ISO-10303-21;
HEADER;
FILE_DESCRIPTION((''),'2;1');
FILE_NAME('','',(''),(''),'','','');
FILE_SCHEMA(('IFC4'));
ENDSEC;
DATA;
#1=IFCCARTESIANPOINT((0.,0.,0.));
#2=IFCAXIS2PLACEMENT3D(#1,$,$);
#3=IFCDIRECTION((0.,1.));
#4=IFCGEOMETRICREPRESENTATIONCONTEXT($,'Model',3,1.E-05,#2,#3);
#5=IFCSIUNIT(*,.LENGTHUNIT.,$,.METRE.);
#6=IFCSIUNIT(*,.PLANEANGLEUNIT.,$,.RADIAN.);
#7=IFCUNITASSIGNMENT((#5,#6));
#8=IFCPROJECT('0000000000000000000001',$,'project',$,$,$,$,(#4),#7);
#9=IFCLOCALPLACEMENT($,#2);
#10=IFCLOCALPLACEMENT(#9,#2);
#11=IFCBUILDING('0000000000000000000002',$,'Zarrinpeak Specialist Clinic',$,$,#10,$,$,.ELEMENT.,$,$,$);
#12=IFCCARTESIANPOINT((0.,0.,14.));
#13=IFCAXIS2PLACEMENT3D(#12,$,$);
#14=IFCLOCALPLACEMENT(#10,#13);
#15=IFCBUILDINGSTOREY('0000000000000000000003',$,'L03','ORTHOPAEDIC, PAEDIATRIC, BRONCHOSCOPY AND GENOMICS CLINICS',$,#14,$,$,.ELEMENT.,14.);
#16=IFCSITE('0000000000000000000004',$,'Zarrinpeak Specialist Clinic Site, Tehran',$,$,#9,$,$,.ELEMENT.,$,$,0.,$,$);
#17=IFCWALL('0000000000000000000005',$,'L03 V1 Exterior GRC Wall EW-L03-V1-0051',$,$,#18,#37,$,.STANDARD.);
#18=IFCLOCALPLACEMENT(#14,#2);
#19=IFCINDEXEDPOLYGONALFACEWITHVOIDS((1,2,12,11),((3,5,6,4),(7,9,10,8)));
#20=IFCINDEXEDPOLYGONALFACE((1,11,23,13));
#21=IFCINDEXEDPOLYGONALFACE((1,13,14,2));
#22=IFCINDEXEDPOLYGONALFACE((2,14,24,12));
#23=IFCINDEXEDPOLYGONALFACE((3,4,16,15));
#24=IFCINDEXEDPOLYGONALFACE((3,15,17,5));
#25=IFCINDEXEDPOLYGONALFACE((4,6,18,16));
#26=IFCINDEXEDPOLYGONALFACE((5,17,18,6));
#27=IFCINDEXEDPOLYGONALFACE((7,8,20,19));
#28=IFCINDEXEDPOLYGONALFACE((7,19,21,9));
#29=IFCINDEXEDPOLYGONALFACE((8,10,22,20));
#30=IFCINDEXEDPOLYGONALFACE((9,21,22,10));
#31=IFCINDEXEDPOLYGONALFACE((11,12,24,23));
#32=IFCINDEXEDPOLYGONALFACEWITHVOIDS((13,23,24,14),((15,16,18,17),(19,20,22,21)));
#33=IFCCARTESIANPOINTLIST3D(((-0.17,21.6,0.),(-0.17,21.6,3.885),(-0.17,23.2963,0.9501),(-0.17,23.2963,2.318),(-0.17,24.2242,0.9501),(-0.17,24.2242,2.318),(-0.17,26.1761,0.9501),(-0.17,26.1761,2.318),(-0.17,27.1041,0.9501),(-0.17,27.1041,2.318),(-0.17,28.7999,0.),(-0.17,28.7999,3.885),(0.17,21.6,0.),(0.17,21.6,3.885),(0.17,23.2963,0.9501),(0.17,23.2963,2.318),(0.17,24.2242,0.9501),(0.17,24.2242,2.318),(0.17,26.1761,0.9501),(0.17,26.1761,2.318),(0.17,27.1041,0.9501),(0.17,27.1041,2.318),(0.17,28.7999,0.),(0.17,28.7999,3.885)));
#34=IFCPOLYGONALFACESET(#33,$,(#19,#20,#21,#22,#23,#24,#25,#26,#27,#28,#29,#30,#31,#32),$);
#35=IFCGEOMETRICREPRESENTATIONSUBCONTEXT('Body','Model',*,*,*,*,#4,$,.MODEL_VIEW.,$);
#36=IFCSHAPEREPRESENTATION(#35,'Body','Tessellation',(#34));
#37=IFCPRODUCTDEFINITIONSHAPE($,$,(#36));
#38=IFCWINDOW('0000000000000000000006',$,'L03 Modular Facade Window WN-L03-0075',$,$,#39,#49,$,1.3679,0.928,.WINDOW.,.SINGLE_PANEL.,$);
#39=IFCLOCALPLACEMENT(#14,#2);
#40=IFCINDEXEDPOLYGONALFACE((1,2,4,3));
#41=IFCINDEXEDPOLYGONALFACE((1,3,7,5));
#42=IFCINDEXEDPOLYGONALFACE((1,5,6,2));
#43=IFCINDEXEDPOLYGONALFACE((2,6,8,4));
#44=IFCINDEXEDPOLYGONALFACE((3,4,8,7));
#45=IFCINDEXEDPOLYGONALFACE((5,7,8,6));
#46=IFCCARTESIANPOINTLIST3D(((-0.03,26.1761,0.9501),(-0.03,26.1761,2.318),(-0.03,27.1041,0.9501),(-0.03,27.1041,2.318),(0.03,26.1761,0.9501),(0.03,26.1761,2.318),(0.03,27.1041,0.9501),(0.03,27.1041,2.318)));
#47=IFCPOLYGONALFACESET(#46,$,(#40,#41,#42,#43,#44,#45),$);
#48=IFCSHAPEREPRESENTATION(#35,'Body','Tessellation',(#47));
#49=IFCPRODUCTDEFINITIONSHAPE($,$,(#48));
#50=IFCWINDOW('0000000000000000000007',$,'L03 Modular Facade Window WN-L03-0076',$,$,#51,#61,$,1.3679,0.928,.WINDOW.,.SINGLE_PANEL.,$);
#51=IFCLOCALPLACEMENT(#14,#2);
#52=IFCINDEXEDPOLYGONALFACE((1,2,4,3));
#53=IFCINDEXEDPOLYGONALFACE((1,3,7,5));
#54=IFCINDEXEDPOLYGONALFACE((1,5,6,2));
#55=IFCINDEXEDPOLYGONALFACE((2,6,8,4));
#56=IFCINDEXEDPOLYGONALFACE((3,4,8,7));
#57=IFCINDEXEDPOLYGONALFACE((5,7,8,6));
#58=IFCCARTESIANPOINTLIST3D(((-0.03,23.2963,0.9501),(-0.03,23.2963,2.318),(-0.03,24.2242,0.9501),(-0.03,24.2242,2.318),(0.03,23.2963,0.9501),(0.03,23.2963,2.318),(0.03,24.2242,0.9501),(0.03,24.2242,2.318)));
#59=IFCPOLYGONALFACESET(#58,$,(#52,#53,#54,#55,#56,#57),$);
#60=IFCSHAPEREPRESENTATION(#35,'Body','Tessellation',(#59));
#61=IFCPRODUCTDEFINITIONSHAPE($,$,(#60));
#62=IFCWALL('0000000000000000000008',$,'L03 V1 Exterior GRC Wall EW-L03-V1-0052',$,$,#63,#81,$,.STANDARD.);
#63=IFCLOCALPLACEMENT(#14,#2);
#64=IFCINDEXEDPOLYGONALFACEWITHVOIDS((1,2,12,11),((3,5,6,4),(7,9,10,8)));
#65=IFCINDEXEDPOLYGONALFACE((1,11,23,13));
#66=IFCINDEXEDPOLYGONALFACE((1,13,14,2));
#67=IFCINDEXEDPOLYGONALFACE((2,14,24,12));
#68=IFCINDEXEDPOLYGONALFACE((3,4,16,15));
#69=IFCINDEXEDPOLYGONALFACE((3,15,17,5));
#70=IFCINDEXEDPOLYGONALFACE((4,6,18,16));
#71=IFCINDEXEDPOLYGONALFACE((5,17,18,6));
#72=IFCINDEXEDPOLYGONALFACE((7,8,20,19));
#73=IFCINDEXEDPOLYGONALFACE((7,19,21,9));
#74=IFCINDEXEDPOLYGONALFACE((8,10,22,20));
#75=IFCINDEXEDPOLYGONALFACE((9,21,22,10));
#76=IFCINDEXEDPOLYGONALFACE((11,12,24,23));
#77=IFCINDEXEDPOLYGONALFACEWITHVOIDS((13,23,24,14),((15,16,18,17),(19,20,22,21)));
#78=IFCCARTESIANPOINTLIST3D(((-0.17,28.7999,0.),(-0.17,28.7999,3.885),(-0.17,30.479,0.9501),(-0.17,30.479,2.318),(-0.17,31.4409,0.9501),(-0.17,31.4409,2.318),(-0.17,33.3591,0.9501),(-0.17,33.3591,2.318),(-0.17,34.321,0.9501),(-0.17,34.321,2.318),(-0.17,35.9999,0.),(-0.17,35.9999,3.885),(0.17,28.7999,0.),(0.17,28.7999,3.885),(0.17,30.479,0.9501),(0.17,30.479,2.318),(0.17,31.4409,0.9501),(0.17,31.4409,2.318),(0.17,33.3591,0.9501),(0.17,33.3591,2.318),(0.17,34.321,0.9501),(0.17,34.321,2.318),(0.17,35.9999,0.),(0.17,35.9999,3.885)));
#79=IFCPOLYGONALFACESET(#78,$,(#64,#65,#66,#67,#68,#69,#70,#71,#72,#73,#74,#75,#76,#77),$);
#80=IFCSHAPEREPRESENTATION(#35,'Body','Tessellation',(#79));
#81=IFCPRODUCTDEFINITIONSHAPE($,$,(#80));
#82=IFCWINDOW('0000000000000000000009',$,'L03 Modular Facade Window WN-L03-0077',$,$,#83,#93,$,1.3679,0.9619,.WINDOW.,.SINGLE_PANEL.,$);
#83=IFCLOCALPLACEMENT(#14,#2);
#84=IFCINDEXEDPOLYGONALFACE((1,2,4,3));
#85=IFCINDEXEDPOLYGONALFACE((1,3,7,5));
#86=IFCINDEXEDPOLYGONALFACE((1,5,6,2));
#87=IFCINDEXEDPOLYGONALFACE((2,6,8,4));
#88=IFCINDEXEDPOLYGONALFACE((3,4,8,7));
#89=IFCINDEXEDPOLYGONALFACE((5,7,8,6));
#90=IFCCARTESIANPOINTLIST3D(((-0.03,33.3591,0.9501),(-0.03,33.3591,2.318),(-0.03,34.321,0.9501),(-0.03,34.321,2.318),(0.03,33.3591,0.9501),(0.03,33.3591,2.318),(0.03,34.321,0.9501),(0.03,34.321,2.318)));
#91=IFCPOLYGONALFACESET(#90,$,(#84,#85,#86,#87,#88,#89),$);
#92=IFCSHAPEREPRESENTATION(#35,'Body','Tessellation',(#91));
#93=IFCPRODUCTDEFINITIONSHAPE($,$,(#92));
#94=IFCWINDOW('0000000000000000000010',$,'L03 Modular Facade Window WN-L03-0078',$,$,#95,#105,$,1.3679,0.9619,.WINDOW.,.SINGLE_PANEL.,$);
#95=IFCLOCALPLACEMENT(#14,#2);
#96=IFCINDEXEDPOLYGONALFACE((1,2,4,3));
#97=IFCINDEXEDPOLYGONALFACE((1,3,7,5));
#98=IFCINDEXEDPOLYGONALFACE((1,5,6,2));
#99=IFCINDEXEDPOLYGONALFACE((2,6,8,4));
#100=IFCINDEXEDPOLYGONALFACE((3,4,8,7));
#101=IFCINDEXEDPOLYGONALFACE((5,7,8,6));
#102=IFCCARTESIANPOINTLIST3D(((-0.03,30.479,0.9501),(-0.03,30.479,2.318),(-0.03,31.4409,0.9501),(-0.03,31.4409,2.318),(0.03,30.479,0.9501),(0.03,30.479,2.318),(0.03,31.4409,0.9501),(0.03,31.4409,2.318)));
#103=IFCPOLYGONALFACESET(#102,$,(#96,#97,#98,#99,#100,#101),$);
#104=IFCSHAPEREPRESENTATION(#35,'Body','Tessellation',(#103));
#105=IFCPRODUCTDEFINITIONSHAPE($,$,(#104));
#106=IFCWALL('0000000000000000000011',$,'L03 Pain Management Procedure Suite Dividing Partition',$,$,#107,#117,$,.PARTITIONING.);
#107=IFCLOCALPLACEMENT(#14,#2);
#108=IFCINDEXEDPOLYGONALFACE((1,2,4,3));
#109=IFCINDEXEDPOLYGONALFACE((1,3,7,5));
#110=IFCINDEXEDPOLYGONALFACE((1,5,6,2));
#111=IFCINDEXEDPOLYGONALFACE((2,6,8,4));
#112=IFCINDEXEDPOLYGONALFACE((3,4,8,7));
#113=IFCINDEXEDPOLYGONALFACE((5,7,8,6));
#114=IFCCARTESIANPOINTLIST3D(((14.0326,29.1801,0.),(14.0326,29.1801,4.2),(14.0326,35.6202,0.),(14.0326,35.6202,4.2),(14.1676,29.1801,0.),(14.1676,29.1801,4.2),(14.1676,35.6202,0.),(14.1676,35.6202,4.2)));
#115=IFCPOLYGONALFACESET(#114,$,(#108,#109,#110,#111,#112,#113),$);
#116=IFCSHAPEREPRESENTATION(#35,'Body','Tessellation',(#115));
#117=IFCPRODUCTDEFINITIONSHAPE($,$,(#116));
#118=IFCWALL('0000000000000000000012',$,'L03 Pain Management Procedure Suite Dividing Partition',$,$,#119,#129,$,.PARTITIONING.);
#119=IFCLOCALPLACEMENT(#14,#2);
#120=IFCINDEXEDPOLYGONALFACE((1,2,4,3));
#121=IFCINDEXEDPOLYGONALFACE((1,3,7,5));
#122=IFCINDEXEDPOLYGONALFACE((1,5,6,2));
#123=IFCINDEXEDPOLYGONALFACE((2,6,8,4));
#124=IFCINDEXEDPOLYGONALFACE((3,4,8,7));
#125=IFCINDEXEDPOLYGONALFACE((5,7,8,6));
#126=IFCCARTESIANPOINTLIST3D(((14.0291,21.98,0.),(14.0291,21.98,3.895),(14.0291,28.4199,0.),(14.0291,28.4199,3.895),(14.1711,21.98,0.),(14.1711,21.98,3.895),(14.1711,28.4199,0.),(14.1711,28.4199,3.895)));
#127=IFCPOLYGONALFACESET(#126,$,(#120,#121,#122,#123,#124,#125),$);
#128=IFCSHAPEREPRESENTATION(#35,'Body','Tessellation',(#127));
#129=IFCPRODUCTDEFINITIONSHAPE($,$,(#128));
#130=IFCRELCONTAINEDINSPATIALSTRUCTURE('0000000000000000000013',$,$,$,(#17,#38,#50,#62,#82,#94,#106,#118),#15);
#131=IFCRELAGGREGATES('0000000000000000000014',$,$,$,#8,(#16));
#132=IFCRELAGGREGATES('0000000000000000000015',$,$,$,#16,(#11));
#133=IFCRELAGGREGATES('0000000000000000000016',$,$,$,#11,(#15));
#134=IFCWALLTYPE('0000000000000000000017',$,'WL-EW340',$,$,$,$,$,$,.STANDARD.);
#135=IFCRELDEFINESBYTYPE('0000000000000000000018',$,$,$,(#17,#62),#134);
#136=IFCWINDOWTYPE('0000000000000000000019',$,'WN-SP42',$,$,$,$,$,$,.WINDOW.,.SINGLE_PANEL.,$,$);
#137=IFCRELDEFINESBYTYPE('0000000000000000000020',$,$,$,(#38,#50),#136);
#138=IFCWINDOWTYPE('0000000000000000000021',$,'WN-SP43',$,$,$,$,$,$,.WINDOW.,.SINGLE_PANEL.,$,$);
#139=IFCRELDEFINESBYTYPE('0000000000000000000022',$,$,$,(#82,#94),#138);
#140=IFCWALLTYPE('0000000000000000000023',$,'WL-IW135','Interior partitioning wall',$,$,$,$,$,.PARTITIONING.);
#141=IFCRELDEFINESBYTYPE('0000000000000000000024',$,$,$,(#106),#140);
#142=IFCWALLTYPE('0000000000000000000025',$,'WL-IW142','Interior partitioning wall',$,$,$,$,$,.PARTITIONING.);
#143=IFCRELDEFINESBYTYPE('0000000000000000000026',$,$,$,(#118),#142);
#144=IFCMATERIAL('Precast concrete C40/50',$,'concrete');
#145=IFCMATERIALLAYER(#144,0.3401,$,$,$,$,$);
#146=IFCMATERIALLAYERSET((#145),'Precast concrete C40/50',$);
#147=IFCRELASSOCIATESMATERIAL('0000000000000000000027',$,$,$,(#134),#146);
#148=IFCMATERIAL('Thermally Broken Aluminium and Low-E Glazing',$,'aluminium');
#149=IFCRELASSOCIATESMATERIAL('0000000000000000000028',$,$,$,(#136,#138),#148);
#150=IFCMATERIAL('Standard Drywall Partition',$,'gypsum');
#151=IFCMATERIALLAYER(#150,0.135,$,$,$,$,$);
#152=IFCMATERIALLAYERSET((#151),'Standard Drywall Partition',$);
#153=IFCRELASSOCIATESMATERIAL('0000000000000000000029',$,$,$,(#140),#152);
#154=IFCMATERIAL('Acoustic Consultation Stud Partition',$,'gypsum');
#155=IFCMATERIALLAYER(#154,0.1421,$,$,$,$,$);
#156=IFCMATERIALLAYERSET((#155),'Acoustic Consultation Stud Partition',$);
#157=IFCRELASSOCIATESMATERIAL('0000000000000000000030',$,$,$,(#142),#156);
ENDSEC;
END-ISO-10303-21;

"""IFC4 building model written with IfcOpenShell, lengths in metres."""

from ifc_helpers import new_model, si_unit, direction, frame, frame_2d, origin, place, context, subcontext, project, spatial, rectangle, extrude, material, layer, layer_set, type_object, element, fill, save


model = new_model("IFC4")

# Units and contexts
model_context = context("Model", 3, precision=1e-05, world=origin(), true_north=direction((0.0, 1.0)))
body_context = subcontext(model_context, "Body", "Model", "MODEL_VIEW")
ifc_project = project(units=[si_unit("LENGTHUNIT", "METRE"), si_unit("PLANEANGLEUNIT", "RADIAN")], contexts=[model_context])

# Site, building, storey
site_placement = place(None, origin())
site = spatial("IfcSite", under=ifc_project, at=site_placement, Name="Zarrinpeak Specialist Clinic Site, Tehran", CompositionType="ELEMENT", RefElevation=0.0)
building_placement = place(site_placement, origin())
building = spatial("IfcBuilding", under=site, at=building_placement, Name="Zarrinpeak Specialist Clinic", CompositionType="ELEMENT")
storey_placement = place(building_placement, frame((0.0, 0.0, 14.0)))
storey = spatial("IfcBuildingStorey", under=building, at=storey_placement, Name="L03", Description="ORTHOPAEDIC, PAEDIATRIC, BRONCHOSCOPY AND GENOMICS CLINICS", CompositionType="ELEMENT", Elevation=14.0)

# Walls, openings, windows
ifc_material_1 = material(Name="Precast concrete C40/50", Category="concrete")
ifc_layer_1 = layer(ifc_material_1, 0.3401)
ifc_layer_set_1 = layer_set([ifc_layer_1], Name="Precast concrete C40/50")
wall_type_1 = type_object("IfcWallType", Name="WL-EW340", PredefinedType="STANDARD", material=ifc_layer_set_1)
wall_1_placement = place(storey_placement, frame((0.0, 28.8, 0.0), z_axis=(0.0, 0.0, 1.0), x_axis=(0.0, -1.0, 0.0)))
wall_1 = element("IfcWall", 1, at=wall_1_placement, inside=storey, type_object=wall_type_1, Name="L03 V1 Exterior GRC Wall EW-L03-V1-0051", PredefinedType="STANDARD", context=body_context, shape_type="SweptSolid", body=[
    extrude(rectangle(XDim=7.2, YDim=0.3401, at=frame_2d((3.6001, 0.0))), origin(), (0.0, 0.0, 1.0), 3.885),
])
opening_1_placement = place(wall_1_placement, frame((1.696, 0.0, 0.95)))
opening_1 = element("IfcOpeningElement", 2, at=opening_1_placement, cuts=wall_1, PredefinedType="OPENING", context=body_context, shape_type="SweptSolid", body=[
    extrude(rectangle(XDim=0.928, YDim=1.3679, at=frame_2d((0.4639, 0.6841))), frame((0.0, 0.1802, 0.0), z_axis=(0.0, -1.0, 0.0), x_axis=(1.0, 0.0, 0.0)), (0.0, 0.0, 1.0), 0.3601),
])
opening_2_placement = place(wall_1_placement, frame((4.5759, 0.0, 0.95)))
opening_2 = element("IfcOpeningElement", 3, at=opening_2_placement, cuts=wall_1, PredefinedType="OPENING", context=body_context, shape_type="SweptSolid", body=[
    extrude(rectangle(XDim=0.928, YDim=1.3679, at=frame_2d((0.4639, 0.6841))), frame((0.0, 0.1802, 0.0), z_axis=(0.0, -1.0, 0.0), x_axis=(1.0, 0.0, 0.0)), (0.0, 0.0, 1.0), 0.3601),
])
ifc_material_2 = material(Name="Thermally Broken Aluminium and Low-E Glazing", Category="aluminium")
window_type_1 = type_object("IfcWindowType", Name="WN-SP42", PartitioningType="SINGLE_PANEL", PredefinedType="WINDOW", material=ifc_material_2)
window_1_placement = place(opening_1_placement, origin())
window_1 = element("IfcWindow", 4, at=window_1_placement, inside=storey, type_object=window_type_1, Name="L03 Modular Facade Window WN-L03-0075", OverallHeight=1.3679, OverallWidth=0.928, PartitioningType="SINGLE_PANEL", PredefinedType="WINDOW", context=body_context, shape_type="SweptSolid", body=[
    extrude(rectangle(XDim=0.928, YDim=1.3679, at=frame_2d((0.4639, 0.6841))), frame((0.0, 0.03, 0.0), z_axis=(0.0, -1.0, 0.0), x_axis=(1.0, 0.0, 0.0)), (0.0, 0.0, 1.0), 0.0601),
])
fill(opening_1, window_1)
window_2_placement = place(opening_2_placement, origin())
window_2 = element("IfcWindow", 5, at=window_2_placement, inside=storey, type_object=window_type_1, Name="L03 Modular Facade Window WN-L03-0076", OverallHeight=1.3679, OverallWidth=0.928, PartitioningType="SINGLE_PANEL", PredefinedType="WINDOW", context=body_context, shape_type="SweptSolid", body=[
    extrude(rectangle(XDim=0.928, YDim=1.3679, at=frame_2d((0.4639, 0.6841))), frame((0.0, 0.03, 0.0), z_axis=(0.0, -1.0, 0.0), x_axis=(1.0, 0.0, 0.0)), (0.0, 0.0, 1.0), 0.0601),
])
fill(opening_2, window_2)
wall_2_placement = place(storey_placement, frame((0.0, 36.0, 0.0), z_axis=(0.0, 0.0, 1.0), x_axis=(0.0, -1.0, 0.0)))
wall_2 = element("IfcWall", 6, at=wall_2_placement, inside=storey, type_object=wall_type_1, Name="L03 V1 Exterior GRC Wall EW-L03-V1-0052", PredefinedType="STANDARD", context=body_context, shape_type="SweptSolid", body=[
    extrude(rectangle(XDim=7.2, YDim=0.3401, at=frame_2d((3.6001, 0.0))), origin(), (0.0, 0.0, 1.0), 3.885),
])
opening_3_placement = place(wall_2_placement, frame((1.679, 0.0, 0.95)))
opening_3 = element("IfcOpeningElement", 7, at=opening_3_placement, cuts=wall_2, PredefinedType="OPENING", context=body_context, shape_type="SweptSolid", body=[
    extrude(rectangle(XDim=0.9619, YDim=1.3679, at=frame_2d((0.481, 0.6841))), frame((0.0, 0.1802, 0.0), z_axis=(0.0, -1.0, 0.0), x_axis=(1.0, 0.0, 0.0)), (0.0, 0.0, 1.0), 0.3601),
])
opening_4_placement = place(wall_2_placement, frame((4.5591, 0.0, 0.95)))
opening_4 = element("IfcOpeningElement", 8, at=opening_4_placement, cuts=wall_2, PredefinedType="OPENING", context=body_context, shape_type="SweptSolid", body=[
    extrude(rectangle(XDim=0.9619, YDim=1.3679, at=frame_2d((0.481, 0.6841))), frame((0.0, 0.1802, 0.0), z_axis=(0.0, -1.0, 0.0), x_axis=(1.0, 0.0, 0.0)), (0.0, 0.0, 1.0), 0.3601),
])
window_type_2 = type_object("IfcWindowType", Name="WN-SP43", PartitioningType="SINGLE_PANEL", PredefinedType="WINDOW", material=ifc_material_2)
window_3_placement = place(opening_3_placement, origin())
window_3 = element("IfcWindow", 9, at=window_3_placement, inside=storey, type_object=window_type_2, Name="L03 Modular Facade Window WN-L03-0077", OverallHeight=1.3679, OverallWidth=0.9619, PartitioningType="SINGLE_PANEL", PredefinedType="WINDOW", context=body_context, shape_type="SweptSolid", body=[
    extrude(rectangle(XDim=0.9619, YDim=1.3679, at=frame_2d((0.481, 0.6841))), frame((0.0, 0.03, 0.0), z_axis=(0.0, -1.0, 0.0), x_axis=(1.0, 0.0, 0.0)), (0.0, 0.0, 1.0), 0.0601),
])
fill(opening_3, window_3)
window_4_placement = place(opening_4_placement, origin())
window_4 = element("IfcWindow", 10, at=window_4_placement, inside=storey, type_object=window_type_2, Name="L03 Modular Facade Window WN-L03-0078", OverallHeight=1.3679, OverallWidth=0.9619, PartitioningType="SINGLE_PANEL", PredefinedType="WINDOW", context=body_context, shape_type="SweptSolid", body=[
    extrude(rectangle(XDim=0.9619, YDim=1.3679, at=frame_2d((0.481, 0.6841))), frame((0.0, 0.03, 0.0), z_axis=(0.0, -1.0, 0.0), x_axis=(1.0, 0.0, 0.0)), (0.0, 0.0, 1.0), 0.0601),
])
fill(opening_4, window_4)

# Walls
ifc_material_3 = material(Name="Standard Drywall Partition", Category="gypsum")
ifc_layer_2 = layer(ifc_material_3, 0.135)
ifc_layer_set_2 = layer_set([ifc_layer_2], Name="Standard Drywall Partition")
wall_type_2 = type_object("IfcWallType", Name="WL-IW135", Description="Interior partitioning wall", PredefinedType="PARTITIONING", material=ifc_layer_set_2)
wall_3_placement = place(storey_placement, frame((14.1001, 29.1799, 0.0), z_axis=(0.0, 0.0, 1.0), x_axis=(0.0, 1.0, 0.0)))
element("IfcWall", 11, at=wall_3_placement, inside=storey, type_object=wall_type_2, Name="L03 Pain Management Procedure Suite Dividing Partition", PredefinedType="PARTITIONING", context=body_context, shape_type="SweptSolid", body=[
    extrude(rectangle(XDim=6.4402, YDim=0.135, at=frame_2d((3.2202, 0.0))), origin(), (0.0, 0.0, 1.0), 4.2),
])
ifc_material_4 = material(Name="Acoustic Consultation Stud Partition", Category="gypsum")
ifc_layer_3 = layer(ifc_material_4, 0.1421)
ifc_layer_set_3 = layer_set([ifc_layer_3], Name="Acoustic Consultation Stud Partition")
wall_type_3 = type_object("IfcWallType", Name="WL-IW142", Description="Interior partitioning wall", PredefinedType="PARTITIONING", material=ifc_layer_set_3)
wall_4_placement = place(storey_placement, frame((14.1001, 21.98, 0.0), z_axis=(0.0, 0.0, 1.0), x_axis=(0.0, 1.0, 0.0)))
element("IfcWall", 12, at=wall_4_placement, inside=storey, type_object=wall_type_3, Name="L03 Pain Management Procedure Suite Dividing Partition", PredefinedType="PARTITIONING", context=body_context, shape_type="SweptSolid", body=[
    extrude(rectangle(XDim=6.4399, YDim=0.1421, at=frame_2d((3.22, 0.0))), origin(), (0.0, 0.0, 1.0), 3.895),
])

save(model, "model.ifc")
